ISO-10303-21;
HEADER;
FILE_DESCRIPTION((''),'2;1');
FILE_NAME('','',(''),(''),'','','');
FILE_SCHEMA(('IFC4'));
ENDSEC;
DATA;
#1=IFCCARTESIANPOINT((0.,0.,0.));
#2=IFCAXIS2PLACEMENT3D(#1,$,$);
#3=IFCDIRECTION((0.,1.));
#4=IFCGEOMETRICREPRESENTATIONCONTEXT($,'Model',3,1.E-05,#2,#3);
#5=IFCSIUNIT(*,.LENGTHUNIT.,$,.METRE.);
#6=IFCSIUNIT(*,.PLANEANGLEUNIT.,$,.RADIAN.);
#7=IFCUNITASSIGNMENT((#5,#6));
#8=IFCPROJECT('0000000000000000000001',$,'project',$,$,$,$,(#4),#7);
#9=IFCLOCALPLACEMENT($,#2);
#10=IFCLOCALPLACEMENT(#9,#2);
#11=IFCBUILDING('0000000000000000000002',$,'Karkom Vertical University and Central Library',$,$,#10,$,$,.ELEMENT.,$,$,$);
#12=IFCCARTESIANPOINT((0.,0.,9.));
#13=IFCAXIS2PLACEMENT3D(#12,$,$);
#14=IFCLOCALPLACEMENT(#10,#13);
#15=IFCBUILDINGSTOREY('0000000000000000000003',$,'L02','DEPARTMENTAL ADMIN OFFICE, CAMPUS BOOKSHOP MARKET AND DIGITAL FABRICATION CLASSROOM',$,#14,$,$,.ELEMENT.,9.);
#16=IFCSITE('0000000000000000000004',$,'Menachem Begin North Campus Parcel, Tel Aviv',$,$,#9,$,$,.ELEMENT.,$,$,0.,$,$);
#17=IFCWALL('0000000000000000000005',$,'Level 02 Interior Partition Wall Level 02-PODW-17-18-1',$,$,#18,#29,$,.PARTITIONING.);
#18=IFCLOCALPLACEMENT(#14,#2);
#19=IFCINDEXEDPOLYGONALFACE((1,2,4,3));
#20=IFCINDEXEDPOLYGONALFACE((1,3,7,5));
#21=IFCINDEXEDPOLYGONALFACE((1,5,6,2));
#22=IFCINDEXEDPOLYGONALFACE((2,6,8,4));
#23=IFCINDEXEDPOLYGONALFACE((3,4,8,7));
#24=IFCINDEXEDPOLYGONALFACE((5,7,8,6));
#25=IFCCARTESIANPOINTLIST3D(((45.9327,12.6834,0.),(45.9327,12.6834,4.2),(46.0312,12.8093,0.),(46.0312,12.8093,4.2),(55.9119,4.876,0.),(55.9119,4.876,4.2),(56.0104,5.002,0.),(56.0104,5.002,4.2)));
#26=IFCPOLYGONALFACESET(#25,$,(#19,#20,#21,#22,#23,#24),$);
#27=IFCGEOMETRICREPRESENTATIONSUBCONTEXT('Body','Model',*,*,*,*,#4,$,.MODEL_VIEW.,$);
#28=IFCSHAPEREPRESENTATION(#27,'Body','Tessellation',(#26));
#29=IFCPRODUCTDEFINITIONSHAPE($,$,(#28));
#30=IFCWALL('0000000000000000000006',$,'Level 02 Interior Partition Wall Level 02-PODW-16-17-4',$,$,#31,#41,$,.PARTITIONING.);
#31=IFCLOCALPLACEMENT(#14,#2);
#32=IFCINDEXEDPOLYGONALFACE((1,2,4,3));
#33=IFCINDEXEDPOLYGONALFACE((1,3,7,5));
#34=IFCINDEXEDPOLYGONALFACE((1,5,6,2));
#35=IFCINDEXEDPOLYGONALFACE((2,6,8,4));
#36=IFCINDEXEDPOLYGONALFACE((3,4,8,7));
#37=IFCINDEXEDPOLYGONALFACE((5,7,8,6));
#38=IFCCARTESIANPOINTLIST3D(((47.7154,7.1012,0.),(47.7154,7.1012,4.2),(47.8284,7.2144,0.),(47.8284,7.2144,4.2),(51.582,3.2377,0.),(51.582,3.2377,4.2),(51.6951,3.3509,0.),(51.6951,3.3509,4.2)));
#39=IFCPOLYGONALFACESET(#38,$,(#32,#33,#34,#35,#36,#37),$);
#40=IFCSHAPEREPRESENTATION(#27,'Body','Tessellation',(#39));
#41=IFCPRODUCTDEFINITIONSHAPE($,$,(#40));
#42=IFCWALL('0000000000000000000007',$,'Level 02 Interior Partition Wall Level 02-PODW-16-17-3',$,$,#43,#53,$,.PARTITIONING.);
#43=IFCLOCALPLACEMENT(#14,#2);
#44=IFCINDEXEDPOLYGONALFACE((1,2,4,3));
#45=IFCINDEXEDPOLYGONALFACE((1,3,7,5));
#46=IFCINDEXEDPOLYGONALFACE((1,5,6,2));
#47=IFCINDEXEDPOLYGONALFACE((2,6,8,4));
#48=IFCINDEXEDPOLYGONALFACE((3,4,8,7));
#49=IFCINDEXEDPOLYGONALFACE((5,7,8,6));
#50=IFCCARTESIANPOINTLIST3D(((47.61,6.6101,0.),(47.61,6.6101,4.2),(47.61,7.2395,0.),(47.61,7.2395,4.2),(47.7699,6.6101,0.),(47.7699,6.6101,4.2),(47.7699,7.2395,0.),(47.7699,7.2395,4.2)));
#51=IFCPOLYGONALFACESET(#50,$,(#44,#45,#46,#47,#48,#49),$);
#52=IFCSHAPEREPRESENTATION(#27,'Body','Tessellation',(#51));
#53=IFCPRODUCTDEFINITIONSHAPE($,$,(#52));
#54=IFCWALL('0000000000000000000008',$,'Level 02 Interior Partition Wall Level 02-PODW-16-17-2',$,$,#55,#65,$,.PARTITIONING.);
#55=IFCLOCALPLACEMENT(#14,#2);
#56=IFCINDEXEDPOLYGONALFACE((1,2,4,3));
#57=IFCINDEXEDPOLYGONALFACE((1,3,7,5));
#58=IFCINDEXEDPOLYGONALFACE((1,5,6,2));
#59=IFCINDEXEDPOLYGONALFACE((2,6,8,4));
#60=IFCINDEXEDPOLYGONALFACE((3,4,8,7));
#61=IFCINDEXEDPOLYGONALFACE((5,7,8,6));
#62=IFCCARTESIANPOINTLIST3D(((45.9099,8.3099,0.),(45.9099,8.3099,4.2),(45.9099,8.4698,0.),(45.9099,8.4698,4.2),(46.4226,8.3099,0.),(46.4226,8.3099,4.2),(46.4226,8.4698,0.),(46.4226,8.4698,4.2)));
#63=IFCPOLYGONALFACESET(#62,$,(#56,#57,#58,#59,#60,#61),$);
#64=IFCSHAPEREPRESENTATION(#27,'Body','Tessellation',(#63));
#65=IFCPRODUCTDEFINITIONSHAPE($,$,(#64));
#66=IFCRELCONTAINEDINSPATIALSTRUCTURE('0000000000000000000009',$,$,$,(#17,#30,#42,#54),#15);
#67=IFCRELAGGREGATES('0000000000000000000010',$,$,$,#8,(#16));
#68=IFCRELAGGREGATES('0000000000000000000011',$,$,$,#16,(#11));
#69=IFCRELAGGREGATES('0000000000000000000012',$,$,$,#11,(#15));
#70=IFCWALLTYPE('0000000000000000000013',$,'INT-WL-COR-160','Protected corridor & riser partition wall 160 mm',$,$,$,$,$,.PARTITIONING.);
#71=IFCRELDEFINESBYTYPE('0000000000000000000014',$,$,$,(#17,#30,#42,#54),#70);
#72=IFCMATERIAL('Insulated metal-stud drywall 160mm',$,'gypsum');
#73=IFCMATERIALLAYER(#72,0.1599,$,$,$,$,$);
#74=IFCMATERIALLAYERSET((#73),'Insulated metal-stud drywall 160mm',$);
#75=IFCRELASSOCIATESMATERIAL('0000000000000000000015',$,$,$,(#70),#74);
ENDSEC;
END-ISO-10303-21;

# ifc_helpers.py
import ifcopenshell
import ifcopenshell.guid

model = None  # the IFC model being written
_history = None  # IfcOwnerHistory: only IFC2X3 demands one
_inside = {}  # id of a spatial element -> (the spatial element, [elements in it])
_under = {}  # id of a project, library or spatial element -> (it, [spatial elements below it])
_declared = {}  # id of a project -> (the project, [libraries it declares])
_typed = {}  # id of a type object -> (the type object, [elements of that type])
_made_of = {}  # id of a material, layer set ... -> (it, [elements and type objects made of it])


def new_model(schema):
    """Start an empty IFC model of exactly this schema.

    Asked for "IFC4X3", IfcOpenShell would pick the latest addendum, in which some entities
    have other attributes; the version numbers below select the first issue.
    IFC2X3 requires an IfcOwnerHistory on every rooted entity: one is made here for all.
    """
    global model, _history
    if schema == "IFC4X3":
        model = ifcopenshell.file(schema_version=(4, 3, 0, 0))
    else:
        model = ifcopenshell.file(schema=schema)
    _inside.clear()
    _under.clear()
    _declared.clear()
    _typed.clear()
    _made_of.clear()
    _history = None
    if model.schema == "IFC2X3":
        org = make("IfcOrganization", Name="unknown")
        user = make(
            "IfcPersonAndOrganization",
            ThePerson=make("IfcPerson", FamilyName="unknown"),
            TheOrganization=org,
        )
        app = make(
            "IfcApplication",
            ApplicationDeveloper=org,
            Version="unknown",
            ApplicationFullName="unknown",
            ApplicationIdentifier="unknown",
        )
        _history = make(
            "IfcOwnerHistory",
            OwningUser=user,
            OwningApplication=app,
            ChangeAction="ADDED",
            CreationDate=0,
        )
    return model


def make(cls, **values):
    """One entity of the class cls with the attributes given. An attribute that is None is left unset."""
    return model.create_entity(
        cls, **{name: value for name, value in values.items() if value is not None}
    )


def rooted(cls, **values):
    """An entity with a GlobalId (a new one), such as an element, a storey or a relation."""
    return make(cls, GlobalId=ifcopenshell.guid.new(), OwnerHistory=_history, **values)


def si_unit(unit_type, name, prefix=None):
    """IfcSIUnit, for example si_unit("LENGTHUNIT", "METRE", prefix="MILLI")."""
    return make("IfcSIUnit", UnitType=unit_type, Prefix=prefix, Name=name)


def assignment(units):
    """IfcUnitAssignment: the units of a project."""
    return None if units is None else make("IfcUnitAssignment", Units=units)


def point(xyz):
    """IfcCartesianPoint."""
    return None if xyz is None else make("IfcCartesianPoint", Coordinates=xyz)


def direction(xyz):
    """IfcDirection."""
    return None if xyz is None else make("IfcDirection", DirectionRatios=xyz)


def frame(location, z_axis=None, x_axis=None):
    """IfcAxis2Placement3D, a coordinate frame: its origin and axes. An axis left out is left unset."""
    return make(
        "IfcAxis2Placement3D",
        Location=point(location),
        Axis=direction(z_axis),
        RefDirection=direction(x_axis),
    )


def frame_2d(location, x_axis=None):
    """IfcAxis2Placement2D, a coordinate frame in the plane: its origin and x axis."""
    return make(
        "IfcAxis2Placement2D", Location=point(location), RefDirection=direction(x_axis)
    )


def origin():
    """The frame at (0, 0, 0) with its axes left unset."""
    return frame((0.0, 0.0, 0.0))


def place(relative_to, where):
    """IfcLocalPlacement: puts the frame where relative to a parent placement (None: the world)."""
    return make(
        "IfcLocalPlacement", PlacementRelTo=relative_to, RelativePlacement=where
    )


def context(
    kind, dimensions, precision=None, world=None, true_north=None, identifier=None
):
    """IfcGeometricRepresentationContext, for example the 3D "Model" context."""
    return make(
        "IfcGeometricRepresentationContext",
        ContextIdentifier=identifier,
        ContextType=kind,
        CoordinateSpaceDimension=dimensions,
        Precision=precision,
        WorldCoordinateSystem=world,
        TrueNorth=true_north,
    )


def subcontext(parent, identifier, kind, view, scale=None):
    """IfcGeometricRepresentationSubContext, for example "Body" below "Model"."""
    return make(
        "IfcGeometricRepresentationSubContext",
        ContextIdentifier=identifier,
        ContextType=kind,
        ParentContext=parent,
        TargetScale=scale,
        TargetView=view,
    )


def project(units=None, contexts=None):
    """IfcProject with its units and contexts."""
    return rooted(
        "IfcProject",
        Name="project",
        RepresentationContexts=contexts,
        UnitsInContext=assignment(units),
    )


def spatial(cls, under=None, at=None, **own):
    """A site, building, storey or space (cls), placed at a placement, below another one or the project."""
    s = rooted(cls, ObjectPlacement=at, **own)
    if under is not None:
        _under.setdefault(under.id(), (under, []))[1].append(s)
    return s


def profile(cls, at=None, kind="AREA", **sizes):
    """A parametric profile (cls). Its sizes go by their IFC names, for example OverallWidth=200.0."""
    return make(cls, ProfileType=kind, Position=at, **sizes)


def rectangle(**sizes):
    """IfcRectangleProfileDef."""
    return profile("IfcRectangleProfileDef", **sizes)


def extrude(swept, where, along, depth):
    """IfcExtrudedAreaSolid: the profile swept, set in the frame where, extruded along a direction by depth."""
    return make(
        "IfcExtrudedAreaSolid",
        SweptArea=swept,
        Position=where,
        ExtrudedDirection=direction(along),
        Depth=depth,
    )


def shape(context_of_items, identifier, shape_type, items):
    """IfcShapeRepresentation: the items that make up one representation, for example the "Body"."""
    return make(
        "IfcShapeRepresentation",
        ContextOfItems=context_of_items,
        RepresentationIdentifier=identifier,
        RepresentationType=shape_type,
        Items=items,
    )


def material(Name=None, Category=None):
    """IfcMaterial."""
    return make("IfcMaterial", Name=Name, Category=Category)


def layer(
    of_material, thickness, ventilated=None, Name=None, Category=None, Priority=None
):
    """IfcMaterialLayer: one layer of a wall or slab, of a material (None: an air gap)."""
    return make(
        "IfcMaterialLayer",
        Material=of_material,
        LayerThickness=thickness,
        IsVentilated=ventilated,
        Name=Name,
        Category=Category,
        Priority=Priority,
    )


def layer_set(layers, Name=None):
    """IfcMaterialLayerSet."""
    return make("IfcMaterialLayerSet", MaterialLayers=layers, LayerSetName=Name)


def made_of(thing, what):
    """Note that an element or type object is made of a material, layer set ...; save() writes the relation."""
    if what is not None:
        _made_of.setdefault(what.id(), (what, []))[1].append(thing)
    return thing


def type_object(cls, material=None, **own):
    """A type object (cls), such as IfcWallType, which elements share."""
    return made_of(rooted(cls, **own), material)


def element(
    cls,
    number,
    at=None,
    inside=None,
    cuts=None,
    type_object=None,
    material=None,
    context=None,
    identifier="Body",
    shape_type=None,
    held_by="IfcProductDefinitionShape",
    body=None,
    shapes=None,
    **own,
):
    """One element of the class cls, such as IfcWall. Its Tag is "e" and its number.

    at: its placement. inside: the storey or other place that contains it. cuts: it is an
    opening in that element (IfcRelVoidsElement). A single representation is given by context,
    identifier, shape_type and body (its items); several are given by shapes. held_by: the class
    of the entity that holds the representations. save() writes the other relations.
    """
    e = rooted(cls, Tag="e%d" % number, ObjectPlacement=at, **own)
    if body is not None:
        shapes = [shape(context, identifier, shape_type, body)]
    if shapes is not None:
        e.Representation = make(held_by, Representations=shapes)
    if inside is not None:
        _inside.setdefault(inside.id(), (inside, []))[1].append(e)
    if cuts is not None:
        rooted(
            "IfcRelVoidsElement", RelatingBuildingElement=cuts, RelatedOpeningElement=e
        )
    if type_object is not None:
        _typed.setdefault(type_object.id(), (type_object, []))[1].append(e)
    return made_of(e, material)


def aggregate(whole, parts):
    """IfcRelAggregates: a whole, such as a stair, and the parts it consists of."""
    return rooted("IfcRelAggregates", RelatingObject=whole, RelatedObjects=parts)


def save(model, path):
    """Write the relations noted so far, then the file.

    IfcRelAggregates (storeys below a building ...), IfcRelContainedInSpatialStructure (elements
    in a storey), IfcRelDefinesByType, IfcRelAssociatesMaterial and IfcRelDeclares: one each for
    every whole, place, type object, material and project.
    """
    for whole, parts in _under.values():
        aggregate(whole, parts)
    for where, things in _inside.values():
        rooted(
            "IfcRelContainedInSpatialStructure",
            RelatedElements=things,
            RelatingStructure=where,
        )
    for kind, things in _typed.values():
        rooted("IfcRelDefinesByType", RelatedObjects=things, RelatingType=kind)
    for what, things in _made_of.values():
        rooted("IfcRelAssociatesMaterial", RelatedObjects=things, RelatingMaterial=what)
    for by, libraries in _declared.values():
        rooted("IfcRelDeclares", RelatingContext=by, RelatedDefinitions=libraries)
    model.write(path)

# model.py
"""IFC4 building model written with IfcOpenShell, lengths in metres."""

from ifc_helpers import new_model, si_unit, direction, frame, frame_2d, origin, place, context, subcontext, project, spatial, rectangle, extrude, material, layer, layer_set, type_object, element, save


model = new_model("IFC4")

# Units and contexts
model_context = context("Model", 3, precision=1e-05, world=origin(), true_north=direction((0.0, 1.0)))
body_context = subcontext(model_context, "Body", "Model", "MODEL_VIEW")
ifc_project = project(units=[si_unit("LENGTHUNIT", "METRE"), si_unit("PLANEANGLEUNIT", "RADIAN")], contexts=[model_context])

# Site, building, storey
site_placement = place(None, origin())
site = spatial("IfcSite", under=ifc_project, at=site_placement, Name="Menachem Begin North Campus Parcel, Tel Aviv", CompositionType="ELEMENT", RefElevation=0.0)
building_placement = place(site_placement, origin())
building = spatial("IfcBuilding", under=site, at=building_placement, Name="Karkom Vertical University and Central Library", CompositionType="ELEMENT")
storey_placement = place(building_placement, frame((0.0, 0.0, 9.0)))
storey = spatial("IfcBuildingStorey", under=building, at=storey_placement, Name="L02", Description="DEPARTMENTAL ADMIN OFFICE, CAMPUS BOOKSHOP MARKET AND DIGITAL FABRICATION CLASSROOM", CompositionType="ELEMENT", Elevation=9.0)

# Walls
ifc_material_1 = material(Name="Insulated metal-stud drywall 160mm", Category="gypsum")
ifc_layer_1 = layer(ifc_material_1, 0.1599)
ifc_layer_set_1 = layer_set([ifc_layer_1], Name="Insulated metal-stud drywall 160mm")
wall_type_1 = type_object("IfcWallType", Name="INT-WL-COR-160", Description="Protected corridor & riser partition wall 160 mm", PredefinedType="PARTITIONING", material=ifc_layer_set_1)
wall_1_placement = place(storey_placement, frame((45.9819, 12.7463, 0.0), z_axis=(0.0, 0.0, 1.0), x_axis=(0.7876, -0.616187, 0.0)))
element("IfcWall", 1, at=wall_1_placement, inside=storey, type_object=wall_type_1, Name="Level 02 Interior Partition Wall Level 02-PODW-17-18-1", PredefinedType="PARTITIONING", context=body_context, shape_type="SweptSolid", body=[
    extrude(rectangle(XDim=12.6704, YDim=0.1599, at=frame_2d((6.3352, 0.0))), origin(), (0.0, 0.0, 1.0), 4.2),
])
wall_2_placement = place(storey_placement, frame((47.772, 7.1577, 0.0), z_axis=(0.0, 0.0, 1.0), x_axis=(0.707397, -0.706816, 0.0)))
element("IfcWall", 2, at=wall_2_placement, inside=storey, type_object=wall_type_1, Name="Level 02 Interior Partition Wall Level 02-PODW-16-17-4", PredefinedType="PARTITIONING", context=body_context, shape_type="SweptSolid", body=[
    extrude(rectangle(XDim=5.4661, YDim=0.1599, at=frame_2d((2.7329, 0.0))), origin(), (0.0, 0.0, 1.0), 4.2),
])
wall_3_placement = place(storey_placement, frame((47.6899, 6.6101, 0.0), z_axis=(0.0, 0.0, 1.0), x_axis=(0.0, 1.0, 0.0)))
element("IfcWall", 3, at=wall_3_placement, inside=storey, type_object=wall_type_1, Name="Level 02 Interior Partition Wall Level 02-PODW-16-17-3", PredefinedType="PARTITIONING", context=body_context, shape_type="SweptSolid", body=[
    extrude(rectangle(XDim=0.6294, YDim=0.1599, at=frame_2d((0.3147, 0.0))), origin(), (0.0, 0.0, 1.0), 4.2),
])
wall_4_placement = place(storey_placement, frame((46.4226, 8.3899, 0.0), z_axis=(0.0, 0.0, 1.0), x_axis=(-1.0, 0.0, 0.0)))
element("IfcWall", 4, at=wall_4_placement, inside=storey, type_object=wall_type_1, Name="Level 02 Interior Partition Wall Level 02-PODW-16-17-2", PredefinedType="PARTITIONING", context=body_context, shape_type="SweptSolid", body=[
    extrude(rectangle(XDim=0.5127, YDim=0.1599, at=frame_2d((0.2563, 0.0))), origin(), (0.0, 0.0, 1.0), 4.2),
])

save(model, "model.ifc")
